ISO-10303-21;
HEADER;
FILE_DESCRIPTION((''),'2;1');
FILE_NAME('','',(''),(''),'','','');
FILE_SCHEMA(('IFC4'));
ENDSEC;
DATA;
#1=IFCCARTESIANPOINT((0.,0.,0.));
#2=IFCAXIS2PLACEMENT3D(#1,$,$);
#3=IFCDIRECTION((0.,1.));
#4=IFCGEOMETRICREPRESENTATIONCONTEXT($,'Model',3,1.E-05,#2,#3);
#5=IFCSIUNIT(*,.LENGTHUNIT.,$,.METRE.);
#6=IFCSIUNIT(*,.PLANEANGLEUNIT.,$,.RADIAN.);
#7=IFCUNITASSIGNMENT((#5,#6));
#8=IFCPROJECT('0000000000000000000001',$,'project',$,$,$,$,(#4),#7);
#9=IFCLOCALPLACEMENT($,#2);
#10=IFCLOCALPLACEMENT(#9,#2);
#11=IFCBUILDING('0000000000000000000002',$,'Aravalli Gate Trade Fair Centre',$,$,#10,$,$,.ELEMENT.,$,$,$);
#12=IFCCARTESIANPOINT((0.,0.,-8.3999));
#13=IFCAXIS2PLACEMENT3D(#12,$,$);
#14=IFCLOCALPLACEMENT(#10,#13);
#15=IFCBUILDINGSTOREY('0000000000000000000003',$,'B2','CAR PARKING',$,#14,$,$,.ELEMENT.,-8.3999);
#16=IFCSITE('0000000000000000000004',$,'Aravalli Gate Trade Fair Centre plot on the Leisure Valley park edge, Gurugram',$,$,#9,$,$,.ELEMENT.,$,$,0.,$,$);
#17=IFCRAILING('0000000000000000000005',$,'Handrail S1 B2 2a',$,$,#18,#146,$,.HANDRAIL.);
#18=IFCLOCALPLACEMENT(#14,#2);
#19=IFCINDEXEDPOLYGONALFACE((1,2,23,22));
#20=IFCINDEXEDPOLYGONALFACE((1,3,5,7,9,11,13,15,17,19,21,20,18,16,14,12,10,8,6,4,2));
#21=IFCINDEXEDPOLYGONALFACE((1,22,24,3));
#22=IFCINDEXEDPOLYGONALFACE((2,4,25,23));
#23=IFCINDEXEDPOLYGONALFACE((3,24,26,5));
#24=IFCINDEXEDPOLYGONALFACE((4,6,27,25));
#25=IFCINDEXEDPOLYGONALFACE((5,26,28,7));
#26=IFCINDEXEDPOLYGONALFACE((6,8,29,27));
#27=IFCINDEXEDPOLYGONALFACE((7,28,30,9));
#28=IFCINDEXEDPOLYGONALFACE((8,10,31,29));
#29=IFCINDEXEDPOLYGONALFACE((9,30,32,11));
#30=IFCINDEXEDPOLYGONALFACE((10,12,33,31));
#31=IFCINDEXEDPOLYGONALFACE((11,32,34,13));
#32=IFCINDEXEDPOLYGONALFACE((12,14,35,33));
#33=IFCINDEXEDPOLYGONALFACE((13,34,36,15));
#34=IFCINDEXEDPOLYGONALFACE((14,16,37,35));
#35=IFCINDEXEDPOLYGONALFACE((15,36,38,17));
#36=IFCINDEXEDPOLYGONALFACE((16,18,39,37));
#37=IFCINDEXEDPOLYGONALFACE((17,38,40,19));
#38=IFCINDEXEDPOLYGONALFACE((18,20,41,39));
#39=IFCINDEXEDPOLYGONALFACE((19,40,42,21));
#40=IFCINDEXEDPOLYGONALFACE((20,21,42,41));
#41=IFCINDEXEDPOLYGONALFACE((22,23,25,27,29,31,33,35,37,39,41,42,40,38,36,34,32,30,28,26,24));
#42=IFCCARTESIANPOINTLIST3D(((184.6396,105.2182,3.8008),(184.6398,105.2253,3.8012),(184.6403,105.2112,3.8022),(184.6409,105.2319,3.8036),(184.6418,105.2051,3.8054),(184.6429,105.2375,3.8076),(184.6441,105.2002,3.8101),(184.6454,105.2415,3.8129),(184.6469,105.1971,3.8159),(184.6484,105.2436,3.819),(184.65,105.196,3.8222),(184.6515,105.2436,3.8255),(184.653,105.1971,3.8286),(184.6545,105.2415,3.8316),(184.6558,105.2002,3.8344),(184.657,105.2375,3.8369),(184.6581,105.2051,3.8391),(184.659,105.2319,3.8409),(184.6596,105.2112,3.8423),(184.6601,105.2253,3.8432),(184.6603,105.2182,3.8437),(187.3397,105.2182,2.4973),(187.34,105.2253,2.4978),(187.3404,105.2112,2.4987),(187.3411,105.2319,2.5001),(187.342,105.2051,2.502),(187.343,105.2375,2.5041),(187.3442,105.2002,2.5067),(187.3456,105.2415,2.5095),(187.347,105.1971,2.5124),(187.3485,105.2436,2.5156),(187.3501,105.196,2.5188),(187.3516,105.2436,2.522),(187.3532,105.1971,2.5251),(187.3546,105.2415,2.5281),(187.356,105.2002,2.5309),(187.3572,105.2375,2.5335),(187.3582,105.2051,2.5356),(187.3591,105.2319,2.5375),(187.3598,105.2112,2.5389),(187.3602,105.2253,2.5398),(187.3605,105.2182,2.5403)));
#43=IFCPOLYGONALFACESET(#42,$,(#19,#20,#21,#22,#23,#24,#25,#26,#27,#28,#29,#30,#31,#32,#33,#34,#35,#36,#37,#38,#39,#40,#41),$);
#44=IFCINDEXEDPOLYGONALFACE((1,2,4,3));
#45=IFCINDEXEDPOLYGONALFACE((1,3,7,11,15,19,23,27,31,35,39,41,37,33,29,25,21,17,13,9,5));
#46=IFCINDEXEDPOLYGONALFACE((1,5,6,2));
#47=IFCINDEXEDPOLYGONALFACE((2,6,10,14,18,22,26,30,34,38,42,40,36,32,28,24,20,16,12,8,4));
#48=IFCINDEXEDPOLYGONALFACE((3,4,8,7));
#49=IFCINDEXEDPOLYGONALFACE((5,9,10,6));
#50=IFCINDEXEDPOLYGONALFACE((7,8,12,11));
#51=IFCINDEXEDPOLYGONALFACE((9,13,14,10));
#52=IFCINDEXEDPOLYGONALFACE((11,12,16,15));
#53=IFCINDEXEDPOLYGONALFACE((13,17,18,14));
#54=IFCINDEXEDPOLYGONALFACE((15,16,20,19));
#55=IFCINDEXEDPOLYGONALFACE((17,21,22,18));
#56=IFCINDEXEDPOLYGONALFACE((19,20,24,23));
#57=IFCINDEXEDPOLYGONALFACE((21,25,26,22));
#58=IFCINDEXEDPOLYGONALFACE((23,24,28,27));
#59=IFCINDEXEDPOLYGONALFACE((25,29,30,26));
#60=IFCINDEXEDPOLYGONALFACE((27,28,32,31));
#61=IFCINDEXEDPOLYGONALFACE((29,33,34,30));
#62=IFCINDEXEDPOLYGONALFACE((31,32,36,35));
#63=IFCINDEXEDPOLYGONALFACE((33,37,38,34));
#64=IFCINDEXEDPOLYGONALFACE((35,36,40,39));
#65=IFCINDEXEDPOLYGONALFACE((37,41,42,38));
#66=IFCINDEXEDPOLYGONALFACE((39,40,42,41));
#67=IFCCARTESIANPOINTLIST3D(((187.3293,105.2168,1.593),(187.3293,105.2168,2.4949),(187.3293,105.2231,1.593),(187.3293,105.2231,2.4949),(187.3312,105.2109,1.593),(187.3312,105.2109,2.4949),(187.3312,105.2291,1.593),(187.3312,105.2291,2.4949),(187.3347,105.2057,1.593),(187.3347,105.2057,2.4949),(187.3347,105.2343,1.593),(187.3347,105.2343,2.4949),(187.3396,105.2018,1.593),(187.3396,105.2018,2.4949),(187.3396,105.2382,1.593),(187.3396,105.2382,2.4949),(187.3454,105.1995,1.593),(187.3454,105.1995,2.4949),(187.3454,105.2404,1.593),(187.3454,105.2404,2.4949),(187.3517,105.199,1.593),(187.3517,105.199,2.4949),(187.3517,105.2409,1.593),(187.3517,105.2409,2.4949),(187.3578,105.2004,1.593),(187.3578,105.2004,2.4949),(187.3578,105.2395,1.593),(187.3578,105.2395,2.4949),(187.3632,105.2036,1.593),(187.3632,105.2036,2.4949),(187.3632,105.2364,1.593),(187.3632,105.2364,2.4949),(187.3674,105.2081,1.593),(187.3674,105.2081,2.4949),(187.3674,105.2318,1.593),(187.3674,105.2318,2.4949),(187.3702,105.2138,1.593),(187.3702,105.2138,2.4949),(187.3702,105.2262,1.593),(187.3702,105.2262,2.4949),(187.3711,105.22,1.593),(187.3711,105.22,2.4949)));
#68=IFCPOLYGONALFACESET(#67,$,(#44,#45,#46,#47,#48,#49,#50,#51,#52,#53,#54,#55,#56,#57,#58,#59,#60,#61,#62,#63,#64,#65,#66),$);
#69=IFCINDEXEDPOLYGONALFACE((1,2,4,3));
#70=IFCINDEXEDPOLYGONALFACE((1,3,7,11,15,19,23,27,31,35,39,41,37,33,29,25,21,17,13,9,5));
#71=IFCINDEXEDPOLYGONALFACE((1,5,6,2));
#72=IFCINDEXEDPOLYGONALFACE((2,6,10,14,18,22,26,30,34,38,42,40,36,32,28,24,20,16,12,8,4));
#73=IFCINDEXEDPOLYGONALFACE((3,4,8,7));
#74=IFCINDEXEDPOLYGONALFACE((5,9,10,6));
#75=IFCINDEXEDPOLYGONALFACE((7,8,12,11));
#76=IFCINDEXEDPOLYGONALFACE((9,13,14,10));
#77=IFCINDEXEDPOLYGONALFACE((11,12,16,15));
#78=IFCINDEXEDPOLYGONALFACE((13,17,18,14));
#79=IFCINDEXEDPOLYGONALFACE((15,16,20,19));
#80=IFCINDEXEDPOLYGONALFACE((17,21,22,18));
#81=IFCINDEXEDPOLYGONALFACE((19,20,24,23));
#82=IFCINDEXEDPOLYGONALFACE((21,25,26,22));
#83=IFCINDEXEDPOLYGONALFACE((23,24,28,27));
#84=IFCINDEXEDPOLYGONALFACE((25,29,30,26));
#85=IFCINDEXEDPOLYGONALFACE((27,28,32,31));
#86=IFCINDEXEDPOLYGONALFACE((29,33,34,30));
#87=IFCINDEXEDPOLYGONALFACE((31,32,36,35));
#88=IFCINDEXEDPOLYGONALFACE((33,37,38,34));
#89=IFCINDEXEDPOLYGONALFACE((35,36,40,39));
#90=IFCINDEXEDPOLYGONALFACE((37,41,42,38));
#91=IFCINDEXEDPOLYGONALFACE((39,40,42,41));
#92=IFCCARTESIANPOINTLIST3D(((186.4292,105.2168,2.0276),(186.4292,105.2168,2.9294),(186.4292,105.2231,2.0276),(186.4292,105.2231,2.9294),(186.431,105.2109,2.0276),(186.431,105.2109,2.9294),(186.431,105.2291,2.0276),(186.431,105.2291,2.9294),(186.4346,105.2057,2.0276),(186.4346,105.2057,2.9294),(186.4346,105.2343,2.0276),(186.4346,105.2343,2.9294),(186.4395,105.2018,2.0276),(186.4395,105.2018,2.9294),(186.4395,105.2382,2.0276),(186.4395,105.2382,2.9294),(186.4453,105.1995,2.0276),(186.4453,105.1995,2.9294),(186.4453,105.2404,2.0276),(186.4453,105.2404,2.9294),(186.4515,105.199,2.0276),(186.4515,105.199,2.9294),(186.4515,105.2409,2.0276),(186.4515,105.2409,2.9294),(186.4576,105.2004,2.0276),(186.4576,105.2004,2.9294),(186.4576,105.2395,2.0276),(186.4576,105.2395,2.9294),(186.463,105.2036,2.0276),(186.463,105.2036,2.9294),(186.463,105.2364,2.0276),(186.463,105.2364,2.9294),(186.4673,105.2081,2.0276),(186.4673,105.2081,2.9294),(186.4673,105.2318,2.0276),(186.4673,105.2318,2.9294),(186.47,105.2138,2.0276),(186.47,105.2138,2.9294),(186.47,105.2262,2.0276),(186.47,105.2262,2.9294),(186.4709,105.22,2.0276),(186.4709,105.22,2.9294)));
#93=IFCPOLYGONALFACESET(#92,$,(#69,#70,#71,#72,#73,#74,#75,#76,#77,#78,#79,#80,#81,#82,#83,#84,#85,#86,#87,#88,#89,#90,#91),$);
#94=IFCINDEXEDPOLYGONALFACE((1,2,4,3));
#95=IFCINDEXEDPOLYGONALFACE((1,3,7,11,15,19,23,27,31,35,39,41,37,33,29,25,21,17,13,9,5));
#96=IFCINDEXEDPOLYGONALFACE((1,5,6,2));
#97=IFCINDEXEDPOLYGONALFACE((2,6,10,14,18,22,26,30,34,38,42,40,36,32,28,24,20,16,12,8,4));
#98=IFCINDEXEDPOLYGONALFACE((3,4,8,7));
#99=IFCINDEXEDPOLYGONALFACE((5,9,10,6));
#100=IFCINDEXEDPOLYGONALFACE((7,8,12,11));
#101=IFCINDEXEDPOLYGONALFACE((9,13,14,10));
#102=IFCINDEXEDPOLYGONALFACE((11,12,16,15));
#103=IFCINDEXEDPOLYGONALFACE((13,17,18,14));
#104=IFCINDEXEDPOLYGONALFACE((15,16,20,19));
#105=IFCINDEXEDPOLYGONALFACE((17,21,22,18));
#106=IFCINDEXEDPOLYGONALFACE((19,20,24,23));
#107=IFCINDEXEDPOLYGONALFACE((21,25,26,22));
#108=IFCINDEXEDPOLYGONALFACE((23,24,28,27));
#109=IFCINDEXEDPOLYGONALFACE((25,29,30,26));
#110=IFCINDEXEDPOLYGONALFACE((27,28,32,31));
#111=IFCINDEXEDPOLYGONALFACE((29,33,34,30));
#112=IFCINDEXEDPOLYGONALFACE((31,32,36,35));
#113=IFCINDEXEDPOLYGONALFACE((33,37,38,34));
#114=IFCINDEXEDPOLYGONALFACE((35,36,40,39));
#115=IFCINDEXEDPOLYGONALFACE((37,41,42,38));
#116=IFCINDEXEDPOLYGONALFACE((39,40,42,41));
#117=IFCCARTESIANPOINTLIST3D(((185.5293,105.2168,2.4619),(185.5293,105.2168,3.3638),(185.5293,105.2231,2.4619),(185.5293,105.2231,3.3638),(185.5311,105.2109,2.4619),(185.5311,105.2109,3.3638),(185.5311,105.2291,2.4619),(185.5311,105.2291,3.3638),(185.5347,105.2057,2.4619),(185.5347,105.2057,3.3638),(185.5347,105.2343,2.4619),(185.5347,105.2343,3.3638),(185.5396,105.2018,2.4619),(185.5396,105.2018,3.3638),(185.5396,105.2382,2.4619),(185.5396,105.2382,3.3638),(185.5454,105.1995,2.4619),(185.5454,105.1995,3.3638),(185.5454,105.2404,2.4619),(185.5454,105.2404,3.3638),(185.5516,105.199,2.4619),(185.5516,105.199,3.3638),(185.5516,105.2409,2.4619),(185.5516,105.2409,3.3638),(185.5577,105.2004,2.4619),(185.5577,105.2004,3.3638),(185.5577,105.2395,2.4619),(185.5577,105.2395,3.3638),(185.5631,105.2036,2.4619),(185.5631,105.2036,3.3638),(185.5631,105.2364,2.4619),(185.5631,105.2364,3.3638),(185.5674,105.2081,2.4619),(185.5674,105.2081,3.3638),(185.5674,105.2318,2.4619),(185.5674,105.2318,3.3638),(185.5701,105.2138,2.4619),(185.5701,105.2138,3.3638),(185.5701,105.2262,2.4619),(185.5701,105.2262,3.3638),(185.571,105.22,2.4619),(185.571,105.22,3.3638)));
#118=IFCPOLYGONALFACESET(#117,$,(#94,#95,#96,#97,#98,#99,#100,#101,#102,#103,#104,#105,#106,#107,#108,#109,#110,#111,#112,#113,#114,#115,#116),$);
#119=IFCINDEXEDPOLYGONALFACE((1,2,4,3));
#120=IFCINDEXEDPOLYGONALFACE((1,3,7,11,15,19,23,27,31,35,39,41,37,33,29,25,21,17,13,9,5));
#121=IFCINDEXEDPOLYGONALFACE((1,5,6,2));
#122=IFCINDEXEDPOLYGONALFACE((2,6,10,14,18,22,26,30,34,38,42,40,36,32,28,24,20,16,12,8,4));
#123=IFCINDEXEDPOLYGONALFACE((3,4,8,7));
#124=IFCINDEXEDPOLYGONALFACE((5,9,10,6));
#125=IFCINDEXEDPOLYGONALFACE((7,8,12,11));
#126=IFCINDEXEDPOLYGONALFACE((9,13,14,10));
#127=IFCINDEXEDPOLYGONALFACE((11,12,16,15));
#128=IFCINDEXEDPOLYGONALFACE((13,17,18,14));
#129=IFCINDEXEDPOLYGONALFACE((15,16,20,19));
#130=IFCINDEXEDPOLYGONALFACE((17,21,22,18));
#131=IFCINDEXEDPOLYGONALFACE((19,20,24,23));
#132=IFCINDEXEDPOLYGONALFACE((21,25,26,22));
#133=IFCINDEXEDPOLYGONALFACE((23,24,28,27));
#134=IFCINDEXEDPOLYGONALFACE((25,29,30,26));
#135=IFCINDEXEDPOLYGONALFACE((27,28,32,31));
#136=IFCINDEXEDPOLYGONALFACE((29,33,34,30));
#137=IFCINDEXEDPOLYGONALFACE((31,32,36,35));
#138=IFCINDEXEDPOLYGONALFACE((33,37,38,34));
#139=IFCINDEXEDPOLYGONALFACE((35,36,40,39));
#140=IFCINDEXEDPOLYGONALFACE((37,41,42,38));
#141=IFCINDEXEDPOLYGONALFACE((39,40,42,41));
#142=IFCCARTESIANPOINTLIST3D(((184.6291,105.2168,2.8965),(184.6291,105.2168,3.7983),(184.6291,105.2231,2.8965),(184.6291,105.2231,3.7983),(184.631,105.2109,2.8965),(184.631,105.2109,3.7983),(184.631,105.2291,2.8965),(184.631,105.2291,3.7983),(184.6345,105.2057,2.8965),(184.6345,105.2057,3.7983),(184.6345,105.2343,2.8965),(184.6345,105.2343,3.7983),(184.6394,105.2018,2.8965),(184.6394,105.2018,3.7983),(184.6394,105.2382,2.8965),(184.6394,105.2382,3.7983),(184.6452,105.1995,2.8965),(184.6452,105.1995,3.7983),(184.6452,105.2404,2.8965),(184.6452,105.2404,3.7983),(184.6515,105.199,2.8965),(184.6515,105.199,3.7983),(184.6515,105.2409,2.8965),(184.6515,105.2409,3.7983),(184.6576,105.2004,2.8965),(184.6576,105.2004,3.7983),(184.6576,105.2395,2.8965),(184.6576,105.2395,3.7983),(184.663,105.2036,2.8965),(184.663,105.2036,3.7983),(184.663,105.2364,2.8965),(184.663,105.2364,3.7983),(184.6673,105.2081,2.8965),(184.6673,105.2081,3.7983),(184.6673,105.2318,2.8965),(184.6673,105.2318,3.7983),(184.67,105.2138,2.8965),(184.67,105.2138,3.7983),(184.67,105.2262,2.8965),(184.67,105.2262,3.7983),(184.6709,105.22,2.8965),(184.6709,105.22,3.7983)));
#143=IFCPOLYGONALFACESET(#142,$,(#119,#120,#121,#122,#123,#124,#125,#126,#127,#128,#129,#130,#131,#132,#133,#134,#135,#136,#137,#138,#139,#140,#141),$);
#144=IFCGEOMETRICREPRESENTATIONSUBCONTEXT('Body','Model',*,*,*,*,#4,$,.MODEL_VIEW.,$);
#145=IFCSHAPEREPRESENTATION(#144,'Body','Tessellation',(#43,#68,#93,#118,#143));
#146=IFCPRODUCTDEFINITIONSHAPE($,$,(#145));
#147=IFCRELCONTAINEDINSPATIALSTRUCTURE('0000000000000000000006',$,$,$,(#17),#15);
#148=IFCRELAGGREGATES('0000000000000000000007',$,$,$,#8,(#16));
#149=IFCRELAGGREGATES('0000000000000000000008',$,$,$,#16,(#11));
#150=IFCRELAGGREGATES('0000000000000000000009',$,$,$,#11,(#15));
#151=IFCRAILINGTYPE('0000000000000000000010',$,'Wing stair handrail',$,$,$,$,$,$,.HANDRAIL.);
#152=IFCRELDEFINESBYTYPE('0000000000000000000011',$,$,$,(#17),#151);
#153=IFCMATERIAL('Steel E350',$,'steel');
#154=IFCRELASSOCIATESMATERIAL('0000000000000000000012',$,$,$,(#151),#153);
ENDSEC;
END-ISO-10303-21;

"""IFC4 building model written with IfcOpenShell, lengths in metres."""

from ifc_helpers import new_model, si_unit, direction, frame, origin, origin_2d, place, context, subcontext, project, spatial, circle, extrude, material, type_object, element, save


model = new_model("IFC4")

# Units and contexts
model_context = context("Model", 3, precision=1e-05, world=origin(), true_north=direction((0.0, 1.0)))
body_context = subcontext(model_context, "Body", "Model", "MODEL_VIEW")
ifc_project = project(units=[si_unit("LENGTHUNIT", "METRE"), si_unit("PLANEANGLEUNIT", "RADIAN")], contexts=[model_context])

# Site, building, storey
site_placement = place(None, origin())
site = spatial("IfcSite", under=ifc_project, at=site_placement, Name="Aravalli Gate Trade Fair Centre plot on the Leisure Valley park edge, Gurugram", CompositionType="ELEMENT", RefElevation=0.0)
building_placement = place(site_placement, origin())
building = spatial("IfcBuilding", under=site, at=building_placement, Name="Aravalli Gate Trade Fair Centre", CompositionType="ELEMENT")
storey_placement = place(building_placement, frame((0.0, 0.0, -8.3999)))
storey = spatial("IfcBuildingStorey", under=building, at=storey_placement, Name="B2", Description="CAR PARKING", CompositionType="ELEMENT", Elevation=-8.3999)

# Shared definitions
ifc_material_1 = material(Name="Steel E350", Category="steel")

# Railing
railing_type = type_object("IfcRailingType", Name="Wing stair handrail", PredefinedType="HANDRAIL", material=ifc_material_1)
for number, where, name in (
    (1, (187.3501, 105.22, 1.593), "Handrail S1 B2 2a"),
):
    element("IfcRailing", number, at=place(storey_placement, frame(where)), inside=storey, type_object=railing_type, Name=name, PredefinedType="HANDRAIL", context=body_context, shape_type="SweptSolid", body=[
        extrude(circle(Radius=0.0239, at=origin_2d()), frame((0.0, 0.0, 0.9258), z_axis=(-0.900562, 0.0, 0.434729), x_axis=(0.0, -1.0, 0.0)), (0.0, 0.0, 1.0), 2.9983),
        extrude(circle(Radius=0.021, at=origin_2d()), origin(), (0.0, 0.0, 1.0), 0.9019),
        extrude(circle(Radius=0.021, at=origin_2d()), frame((-0.9001, 0.0, 0.4346)), (0.0, 0.0, 1.0), 0.9019),
        extrude(circle(Radius=0.021, at=origin_2d()), frame((-1.8, 0.0, 0.8689)), (0.0, 0.0, 1.0), 0.9019),
        extrude(circle(Radius=0.021, at=origin_2d()), frame((-2.7002, 0.0, 1.3035)), (0.0, 0.0, 1.0), 0.9019),
    ])

save(model, "model.ifc")
